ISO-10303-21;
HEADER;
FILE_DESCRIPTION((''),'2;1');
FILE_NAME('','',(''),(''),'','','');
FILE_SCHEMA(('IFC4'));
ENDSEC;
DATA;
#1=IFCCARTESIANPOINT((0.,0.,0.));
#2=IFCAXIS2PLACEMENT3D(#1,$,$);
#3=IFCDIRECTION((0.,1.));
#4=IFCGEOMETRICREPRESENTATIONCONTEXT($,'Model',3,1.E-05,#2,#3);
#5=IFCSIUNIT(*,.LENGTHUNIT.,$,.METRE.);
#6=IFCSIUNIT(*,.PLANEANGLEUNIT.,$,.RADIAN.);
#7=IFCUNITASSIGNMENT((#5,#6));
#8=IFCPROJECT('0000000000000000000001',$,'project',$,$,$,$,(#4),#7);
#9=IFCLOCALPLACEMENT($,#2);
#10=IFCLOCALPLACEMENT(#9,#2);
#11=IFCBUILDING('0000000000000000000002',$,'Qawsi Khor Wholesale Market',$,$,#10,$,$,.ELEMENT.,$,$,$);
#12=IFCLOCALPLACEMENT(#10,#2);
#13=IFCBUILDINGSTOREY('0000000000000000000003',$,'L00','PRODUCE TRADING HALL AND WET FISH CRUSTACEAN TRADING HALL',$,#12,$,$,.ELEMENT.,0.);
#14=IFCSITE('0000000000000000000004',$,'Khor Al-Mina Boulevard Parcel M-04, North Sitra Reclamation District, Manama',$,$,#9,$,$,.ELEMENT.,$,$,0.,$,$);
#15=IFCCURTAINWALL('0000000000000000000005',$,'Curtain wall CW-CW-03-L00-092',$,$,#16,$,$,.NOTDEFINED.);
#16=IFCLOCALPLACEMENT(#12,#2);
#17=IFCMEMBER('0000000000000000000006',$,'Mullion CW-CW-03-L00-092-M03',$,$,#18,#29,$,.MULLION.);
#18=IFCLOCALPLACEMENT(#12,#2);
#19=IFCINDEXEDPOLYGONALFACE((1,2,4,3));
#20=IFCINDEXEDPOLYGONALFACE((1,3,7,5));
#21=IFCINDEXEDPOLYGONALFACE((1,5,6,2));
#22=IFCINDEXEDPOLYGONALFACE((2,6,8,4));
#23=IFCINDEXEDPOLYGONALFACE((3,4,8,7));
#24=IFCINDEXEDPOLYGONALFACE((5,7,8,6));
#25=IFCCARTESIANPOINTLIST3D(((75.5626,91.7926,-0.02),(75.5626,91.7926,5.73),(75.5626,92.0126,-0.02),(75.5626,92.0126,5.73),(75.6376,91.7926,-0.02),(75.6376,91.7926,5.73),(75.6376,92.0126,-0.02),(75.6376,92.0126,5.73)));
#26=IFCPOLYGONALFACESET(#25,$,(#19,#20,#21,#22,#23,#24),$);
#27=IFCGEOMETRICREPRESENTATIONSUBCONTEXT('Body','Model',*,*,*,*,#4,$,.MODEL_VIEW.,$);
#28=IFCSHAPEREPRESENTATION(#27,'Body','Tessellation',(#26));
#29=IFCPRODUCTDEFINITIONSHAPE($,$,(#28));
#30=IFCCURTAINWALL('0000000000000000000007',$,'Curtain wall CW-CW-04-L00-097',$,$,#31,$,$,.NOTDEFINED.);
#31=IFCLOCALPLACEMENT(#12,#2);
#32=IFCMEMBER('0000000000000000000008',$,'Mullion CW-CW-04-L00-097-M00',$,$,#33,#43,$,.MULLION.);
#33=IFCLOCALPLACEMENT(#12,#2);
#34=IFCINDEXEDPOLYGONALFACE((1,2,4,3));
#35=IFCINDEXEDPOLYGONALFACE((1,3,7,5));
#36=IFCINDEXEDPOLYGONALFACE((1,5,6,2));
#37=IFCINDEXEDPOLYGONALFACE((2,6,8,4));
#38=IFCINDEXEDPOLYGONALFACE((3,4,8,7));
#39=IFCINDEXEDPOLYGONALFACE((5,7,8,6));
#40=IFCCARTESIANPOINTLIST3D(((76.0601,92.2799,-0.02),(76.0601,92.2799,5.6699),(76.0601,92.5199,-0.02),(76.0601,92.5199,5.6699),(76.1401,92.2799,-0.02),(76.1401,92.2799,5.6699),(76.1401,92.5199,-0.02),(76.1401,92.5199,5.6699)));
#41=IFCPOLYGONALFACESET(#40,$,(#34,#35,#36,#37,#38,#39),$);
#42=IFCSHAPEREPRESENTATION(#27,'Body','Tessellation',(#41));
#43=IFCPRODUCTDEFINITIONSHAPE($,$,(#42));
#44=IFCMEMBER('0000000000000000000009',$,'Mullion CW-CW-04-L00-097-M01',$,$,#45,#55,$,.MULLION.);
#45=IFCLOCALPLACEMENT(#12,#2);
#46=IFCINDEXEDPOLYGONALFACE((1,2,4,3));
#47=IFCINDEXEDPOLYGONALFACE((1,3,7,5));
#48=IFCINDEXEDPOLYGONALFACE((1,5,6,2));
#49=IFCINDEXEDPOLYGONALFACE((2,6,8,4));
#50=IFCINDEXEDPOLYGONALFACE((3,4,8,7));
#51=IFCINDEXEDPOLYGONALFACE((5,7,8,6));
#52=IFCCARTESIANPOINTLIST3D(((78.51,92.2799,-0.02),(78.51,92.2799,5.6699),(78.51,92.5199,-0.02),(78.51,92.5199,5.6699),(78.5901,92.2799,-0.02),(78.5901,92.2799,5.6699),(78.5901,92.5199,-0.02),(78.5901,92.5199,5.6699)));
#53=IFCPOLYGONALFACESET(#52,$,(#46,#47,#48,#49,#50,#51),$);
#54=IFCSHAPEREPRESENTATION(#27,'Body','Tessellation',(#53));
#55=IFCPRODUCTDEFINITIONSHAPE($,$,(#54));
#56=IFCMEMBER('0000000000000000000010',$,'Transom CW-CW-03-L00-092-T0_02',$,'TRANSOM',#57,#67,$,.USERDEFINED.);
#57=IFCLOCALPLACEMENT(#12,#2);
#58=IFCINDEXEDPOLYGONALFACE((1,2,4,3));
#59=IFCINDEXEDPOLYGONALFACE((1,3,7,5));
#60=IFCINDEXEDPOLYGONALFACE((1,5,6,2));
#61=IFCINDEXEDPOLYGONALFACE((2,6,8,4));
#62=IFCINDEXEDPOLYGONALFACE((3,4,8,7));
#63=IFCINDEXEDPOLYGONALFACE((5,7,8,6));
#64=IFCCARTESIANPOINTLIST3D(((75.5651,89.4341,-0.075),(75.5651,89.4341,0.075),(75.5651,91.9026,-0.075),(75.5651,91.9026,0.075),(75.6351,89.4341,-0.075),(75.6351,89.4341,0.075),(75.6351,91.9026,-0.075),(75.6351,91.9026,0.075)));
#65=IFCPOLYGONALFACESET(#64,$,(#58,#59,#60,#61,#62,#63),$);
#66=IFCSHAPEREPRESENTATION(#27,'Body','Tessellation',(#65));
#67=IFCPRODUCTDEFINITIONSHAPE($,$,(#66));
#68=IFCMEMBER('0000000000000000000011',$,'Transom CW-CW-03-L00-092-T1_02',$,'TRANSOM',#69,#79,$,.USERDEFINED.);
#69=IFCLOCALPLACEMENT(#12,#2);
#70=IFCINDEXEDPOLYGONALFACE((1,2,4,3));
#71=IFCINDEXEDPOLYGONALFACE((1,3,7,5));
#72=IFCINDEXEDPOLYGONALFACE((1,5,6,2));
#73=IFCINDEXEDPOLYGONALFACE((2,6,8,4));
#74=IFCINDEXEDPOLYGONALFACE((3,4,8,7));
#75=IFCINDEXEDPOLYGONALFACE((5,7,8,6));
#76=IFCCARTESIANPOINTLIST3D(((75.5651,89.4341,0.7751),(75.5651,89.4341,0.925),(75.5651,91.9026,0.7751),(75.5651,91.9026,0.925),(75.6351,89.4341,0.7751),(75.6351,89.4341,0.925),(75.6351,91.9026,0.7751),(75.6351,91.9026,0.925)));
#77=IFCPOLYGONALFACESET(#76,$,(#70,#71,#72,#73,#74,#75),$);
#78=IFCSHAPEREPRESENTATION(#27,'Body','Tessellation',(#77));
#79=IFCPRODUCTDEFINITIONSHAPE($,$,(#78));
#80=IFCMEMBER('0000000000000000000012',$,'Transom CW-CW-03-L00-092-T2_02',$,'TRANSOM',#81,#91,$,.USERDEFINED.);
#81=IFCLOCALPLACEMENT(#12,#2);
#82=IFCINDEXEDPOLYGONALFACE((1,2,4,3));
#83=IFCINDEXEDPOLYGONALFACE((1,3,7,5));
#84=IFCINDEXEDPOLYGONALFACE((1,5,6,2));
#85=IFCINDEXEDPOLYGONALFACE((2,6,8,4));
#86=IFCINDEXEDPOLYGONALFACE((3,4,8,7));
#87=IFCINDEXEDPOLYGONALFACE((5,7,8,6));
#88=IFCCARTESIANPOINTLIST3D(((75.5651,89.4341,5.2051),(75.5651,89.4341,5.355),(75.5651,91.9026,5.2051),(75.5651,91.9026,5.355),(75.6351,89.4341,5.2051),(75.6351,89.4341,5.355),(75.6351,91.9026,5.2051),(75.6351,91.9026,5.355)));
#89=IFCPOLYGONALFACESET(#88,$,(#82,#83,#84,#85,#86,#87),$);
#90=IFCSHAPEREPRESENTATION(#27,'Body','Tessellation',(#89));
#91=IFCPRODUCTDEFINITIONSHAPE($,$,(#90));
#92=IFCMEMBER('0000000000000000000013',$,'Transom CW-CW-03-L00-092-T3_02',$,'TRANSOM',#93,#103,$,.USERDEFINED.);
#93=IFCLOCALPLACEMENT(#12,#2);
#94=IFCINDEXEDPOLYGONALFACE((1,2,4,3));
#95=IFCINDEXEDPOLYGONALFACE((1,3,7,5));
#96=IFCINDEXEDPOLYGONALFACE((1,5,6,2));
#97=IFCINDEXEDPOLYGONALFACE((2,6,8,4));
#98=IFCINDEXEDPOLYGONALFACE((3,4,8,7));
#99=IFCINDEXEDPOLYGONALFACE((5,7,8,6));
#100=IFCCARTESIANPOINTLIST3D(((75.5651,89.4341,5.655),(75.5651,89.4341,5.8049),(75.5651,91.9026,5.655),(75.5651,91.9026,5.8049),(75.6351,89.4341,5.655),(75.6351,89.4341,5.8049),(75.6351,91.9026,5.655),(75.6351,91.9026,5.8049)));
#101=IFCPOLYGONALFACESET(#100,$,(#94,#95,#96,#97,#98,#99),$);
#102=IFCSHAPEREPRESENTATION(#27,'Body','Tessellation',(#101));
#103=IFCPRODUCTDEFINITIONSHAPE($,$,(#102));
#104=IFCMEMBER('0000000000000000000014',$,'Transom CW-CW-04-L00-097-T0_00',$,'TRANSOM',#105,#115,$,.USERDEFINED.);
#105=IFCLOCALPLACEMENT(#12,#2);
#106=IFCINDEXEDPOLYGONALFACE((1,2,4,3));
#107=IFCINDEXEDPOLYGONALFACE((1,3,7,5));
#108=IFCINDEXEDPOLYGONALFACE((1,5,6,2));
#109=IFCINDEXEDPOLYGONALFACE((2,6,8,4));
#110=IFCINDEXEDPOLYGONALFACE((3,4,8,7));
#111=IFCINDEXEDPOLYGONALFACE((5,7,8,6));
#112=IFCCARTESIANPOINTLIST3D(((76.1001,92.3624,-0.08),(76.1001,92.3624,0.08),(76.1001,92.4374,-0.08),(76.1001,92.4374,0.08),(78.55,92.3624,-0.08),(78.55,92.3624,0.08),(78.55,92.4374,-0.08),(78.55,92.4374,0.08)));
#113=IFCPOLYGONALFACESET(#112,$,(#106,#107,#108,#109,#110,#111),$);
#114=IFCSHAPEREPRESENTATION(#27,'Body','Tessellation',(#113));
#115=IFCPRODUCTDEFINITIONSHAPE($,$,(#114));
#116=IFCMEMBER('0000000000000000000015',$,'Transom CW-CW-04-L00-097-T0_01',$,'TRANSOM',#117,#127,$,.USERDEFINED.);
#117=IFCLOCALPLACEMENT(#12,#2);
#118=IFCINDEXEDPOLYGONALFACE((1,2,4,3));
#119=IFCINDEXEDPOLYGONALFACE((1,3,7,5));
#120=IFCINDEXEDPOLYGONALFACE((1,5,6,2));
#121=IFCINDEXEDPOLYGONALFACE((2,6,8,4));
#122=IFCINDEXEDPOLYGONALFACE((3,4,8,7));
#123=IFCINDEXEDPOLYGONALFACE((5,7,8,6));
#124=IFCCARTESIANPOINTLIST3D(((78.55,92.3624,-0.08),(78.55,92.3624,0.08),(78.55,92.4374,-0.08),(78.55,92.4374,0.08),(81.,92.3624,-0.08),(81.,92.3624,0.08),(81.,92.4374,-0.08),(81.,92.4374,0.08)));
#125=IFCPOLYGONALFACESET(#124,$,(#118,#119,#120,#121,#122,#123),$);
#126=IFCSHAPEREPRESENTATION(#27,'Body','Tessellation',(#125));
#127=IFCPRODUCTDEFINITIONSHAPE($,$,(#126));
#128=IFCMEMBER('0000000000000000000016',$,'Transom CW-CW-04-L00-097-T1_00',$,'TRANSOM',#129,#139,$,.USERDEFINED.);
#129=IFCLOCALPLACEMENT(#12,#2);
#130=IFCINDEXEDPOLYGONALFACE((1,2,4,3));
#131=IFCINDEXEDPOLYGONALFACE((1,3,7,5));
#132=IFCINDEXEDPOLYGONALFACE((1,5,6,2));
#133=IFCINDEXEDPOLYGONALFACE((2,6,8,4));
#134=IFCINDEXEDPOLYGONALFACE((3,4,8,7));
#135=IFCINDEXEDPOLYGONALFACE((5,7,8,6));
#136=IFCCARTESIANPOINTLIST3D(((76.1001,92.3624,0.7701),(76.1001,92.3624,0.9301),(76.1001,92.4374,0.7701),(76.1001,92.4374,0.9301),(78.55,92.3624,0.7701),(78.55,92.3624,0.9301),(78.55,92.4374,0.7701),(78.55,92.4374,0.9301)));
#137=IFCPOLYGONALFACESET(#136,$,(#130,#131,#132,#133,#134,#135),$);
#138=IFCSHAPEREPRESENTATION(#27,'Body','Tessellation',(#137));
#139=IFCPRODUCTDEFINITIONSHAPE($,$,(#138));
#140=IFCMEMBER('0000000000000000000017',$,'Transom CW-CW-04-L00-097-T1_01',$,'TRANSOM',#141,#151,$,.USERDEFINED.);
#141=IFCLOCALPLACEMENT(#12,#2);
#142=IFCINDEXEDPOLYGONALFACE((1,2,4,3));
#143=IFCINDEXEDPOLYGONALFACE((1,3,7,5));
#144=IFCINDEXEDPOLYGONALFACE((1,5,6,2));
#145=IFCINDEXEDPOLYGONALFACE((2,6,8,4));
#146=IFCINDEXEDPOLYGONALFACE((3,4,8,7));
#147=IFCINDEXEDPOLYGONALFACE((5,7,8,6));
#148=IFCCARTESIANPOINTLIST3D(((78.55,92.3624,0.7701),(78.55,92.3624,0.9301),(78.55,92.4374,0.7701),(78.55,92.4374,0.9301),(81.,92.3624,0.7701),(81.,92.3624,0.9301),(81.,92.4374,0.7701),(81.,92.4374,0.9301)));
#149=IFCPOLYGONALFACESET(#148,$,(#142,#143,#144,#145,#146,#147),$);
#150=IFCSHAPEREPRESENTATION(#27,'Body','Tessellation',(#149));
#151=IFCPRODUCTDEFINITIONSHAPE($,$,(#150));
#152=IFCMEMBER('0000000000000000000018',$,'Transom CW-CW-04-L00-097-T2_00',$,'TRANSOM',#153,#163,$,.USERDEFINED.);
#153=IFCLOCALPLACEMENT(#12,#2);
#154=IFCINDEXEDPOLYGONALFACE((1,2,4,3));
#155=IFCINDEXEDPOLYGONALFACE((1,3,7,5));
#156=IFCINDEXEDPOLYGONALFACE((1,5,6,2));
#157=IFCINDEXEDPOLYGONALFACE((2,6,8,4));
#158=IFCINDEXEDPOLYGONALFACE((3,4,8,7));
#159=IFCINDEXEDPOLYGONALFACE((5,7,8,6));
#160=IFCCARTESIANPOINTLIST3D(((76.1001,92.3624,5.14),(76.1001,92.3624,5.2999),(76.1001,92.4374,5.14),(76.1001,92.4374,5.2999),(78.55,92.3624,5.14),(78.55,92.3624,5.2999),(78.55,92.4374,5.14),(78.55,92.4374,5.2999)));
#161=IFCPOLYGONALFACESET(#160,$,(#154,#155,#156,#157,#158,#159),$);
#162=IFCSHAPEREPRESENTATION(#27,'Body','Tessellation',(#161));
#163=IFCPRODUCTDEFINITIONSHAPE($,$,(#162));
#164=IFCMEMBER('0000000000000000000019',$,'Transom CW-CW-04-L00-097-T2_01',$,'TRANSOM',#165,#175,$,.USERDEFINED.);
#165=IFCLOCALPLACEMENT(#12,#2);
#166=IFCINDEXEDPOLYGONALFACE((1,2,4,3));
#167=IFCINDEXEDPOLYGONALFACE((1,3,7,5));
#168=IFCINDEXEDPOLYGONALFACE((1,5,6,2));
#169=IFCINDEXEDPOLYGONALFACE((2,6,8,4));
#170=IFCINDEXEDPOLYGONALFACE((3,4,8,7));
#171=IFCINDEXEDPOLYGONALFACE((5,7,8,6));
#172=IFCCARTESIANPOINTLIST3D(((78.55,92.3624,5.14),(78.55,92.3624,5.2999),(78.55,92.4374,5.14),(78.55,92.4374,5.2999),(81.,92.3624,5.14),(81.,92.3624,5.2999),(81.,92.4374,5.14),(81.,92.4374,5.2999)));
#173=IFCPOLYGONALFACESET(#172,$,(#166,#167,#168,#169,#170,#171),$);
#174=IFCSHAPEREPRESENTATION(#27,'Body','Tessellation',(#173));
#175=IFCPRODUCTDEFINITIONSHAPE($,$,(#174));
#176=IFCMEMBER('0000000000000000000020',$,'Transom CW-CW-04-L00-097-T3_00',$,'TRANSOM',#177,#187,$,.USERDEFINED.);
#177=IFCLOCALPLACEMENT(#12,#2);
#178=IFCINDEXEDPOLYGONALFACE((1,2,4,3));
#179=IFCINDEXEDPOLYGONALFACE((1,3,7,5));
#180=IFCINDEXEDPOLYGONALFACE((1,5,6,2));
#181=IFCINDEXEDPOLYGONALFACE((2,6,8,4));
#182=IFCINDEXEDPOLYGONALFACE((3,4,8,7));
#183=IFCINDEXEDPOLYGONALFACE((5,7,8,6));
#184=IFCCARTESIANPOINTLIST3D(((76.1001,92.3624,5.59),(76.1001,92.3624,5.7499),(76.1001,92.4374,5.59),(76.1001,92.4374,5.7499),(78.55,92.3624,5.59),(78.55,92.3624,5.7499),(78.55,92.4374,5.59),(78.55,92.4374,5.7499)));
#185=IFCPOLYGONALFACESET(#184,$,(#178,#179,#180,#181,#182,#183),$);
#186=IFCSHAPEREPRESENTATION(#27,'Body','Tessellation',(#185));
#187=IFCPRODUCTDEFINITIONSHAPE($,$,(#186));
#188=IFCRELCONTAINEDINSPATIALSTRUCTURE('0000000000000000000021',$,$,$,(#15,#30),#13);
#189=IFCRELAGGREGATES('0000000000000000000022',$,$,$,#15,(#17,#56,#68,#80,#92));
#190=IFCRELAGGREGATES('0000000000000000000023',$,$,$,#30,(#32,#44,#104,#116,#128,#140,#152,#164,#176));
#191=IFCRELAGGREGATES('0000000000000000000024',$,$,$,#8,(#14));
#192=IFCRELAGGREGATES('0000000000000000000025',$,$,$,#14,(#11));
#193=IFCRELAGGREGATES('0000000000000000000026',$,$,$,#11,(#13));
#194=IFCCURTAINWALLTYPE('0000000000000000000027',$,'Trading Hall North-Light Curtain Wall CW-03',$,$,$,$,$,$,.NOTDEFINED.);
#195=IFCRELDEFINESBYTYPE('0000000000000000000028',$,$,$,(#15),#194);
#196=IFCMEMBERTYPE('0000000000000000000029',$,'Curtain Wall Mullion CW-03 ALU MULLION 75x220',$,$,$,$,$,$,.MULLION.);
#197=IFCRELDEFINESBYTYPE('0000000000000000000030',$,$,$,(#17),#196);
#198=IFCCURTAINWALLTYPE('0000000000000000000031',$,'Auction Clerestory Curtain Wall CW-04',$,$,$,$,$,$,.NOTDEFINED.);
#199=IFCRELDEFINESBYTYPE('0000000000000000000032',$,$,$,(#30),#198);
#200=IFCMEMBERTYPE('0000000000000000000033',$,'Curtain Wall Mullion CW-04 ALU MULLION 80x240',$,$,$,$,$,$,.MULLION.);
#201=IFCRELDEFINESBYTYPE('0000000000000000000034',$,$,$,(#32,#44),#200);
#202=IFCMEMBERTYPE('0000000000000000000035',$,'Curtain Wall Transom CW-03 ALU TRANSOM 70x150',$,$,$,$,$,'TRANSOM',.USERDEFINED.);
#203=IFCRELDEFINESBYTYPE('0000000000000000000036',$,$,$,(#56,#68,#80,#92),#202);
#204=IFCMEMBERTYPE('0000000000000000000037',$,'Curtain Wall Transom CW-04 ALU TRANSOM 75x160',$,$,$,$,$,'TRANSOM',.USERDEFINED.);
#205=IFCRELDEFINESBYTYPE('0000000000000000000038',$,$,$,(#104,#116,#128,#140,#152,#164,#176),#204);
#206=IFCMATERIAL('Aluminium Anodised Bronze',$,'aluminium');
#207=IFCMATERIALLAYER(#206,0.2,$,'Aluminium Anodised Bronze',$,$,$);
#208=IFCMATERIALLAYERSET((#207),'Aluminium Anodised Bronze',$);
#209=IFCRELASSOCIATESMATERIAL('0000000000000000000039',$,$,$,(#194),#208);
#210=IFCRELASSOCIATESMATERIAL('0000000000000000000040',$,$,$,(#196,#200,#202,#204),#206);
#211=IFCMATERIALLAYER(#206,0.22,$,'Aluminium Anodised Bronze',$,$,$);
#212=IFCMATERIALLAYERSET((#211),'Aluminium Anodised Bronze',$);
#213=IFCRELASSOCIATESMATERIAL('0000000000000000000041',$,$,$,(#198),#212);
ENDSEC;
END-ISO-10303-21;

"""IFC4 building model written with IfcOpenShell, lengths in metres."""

from ifc_helpers import new_model, si_unit, direction, frame, origin, origin_2d, place, context, subcontext, project, spatial, rectangle, extrude, material, layer, layer_set, material_profile, profile_set, type_object, element, aggregate, save


model = new_model("IFC4")

# Units and contexts
model_context = context("Model", 3, precision=1e-05, world=origin(), true_north=direction((0.0, 1.0)))
body_context = subcontext(model_context, "Body", "Model", "MODEL_VIEW")
ifc_project = project(units=[si_unit("LENGTHUNIT", "METRE"), si_unit("PLANEANGLEUNIT", "RADIAN")], contexts=[model_context])

# Site, building, storey
site_placement = place(None, origin())
site = spatial("IfcSite", under=ifc_project, at=site_placement, Name="Khor Al-Mina Boulevard Parcel M-04, North Sitra Reclamation District, Manama", CompositionType="ELEMENT", RefElevation=0.0)
building_placement = place(site_placement, origin())
building = spatial("IfcBuilding", under=site, at=building_placement, Name="Qawsi Khor Wholesale Market", CompositionType="ELEMENT")
storey_placement = place(building_placement, origin())
storey = spatial("IfcBuildingStorey", under=building, at=storey_placement, Name="L00", Description="PRODUCE TRADING HALL AND WET FISH CRUSTACEAN TRADING HALL", CompositionType="ELEMENT", Elevation=0.0)

# Curtain walls, members
ifc_material_1 = material(Name="Aluminium Anodised Bronze", Category="aluminium")
ifc_layer_1 = layer(ifc_material_1, 0.2, Name="Aluminium Anodised Bronze")
ifc_layer_set_1 = layer_set([ifc_layer_1], Name="Aluminium Anodised Bronze")
curtain_wall_type_1 = type_object("IfcCurtainWallType", Name="Trading Hall North-Light Curtain Wall CW-03", PredefinedType="NOTDEFINED", material=ifc_layer_set_1)
curtain_wall_1_placement = place(storey_placement, origin())
curtain_wall_1 = element("IfcCurtainWall", 1, at=curtain_wall_1_placement, inside=storey, type_object=curtain_wall_type_1, Name="Curtain wall CW-CW-03-L00-092", PredefinedType="NOTDEFINED")
ifc_material_profile_1 = material_profile(ifc_material_1, rectangle(XDim=0.075, YDim=0.22, at=origin_2d()), Name="ALU MULLION 75x220")
ifc_profile_set_1 = profile_set([ifc_material_profile_1], Name="Aluminium Anodised Bronze")
member_type_1 = type_object("IfcMemberType", Name="Curtain Wall Mullion CW-03 ALU MULLION 75x220", PredefinedType="MULLION", material=ifc_profile_set_1)
member_1_placement = place(storey_placement, frame((75.6001, 91.9026, -0.02), z_axis=(0.0, 0.0, 1.0), x_axis=(1.0, 0.0, 0.0)))
member_1 = element("IfcMember", 2, at=member_1_placement, type_object=member_type_1, Name="Mullion CW-CW-03-L00-092-M03", PredefinedType="MULLION", context=body_context, shape_type="SweptSolid", body=[
    extrude(rectangle(XDim=0.075, YDim=0.22, at=origin_2d()), origin(), (0.0, 0.0, 1.0), 5.75),
])
ifc_layer_2 = layer(ifc_material_1, 0.22, Name="Aluminium Anodised Bronze")
ifc_layer_set_2 = layer_set([ifc_layer_2], Name="Aluminium Anodised Bronze")
curtain_wall_type_2 = type_object("IfcCurtainWallType", Name="Auction Clerestory Curtain Wall CW-04", PredefinedType="NOTDEFINED", material=ifc_layer_set_2)
curtain_wall_2_placement = place(storey_placement, origin())
curtain_wall_2 = element("IfcCurtainWall", 3, at=curtain_wall_2_placement, inside=storey, type_object=curtain_wall_type_2, Name="Curtain wall CW-CW-04-L00-097", PredefinedType="NOTDEFINED")
ifc_material_profile_2 = material_profile(ifc_material_1, rectangle(XDim=0.0801, YDim=0.24, at=origin_2d()), Name="ALU MULLION 80x240")
ifc_profile_set_2 = profile_set([ifc_material_profile_2], Name="Aluminium Anodised Bronze")
member_type_2 = type_object("IfcMemberType", Name="Curtain Wall Mullion CW-04 ALU MULLION 80x240", PredefinedType="MULLION", material=ifc_profile_set_2)
member_2_placement = place(storey_placement, frame((76.1001, 92.3999, -0.02), z_axis=(0.0, 0.0, 1.0), x_axis=(1.0, 0.0, 0.0)))
member_2 = element("IfcMember", 4, at=member_2_placement, type_object=member_type_2, Name="Mullion CW-CW-04-L00-097-M00", PredefinedType="MULLION", context=body_context, shape_type="SweptSolid", body=[
    extrude(rectangle(XDim=0.0801, YDim=0.24, at=origin_2d()), origin(), (0.0, 0.0, 1.0), 5.6899),
])
member_3_placement = place(storey_placement, frame((78.55, 92.3999, -0.02), z_axis=(0.0, 0.0, 1.0), x_axis=(1.0, 0.0, 0.0)))
member_3 = element("IfcMember", 5, at=member_3_placement, type_object=member_type_2, Name="Mullion CW-CW-04-L00-097-M01", PredefinedType="MULLION", context=body_context, shape_type="SweptSolid", body=[
    extrude(rectangle(XDim=0.0801, YDim=0.24, at=origin_2d()), origin(), (0.0, 0.0, 1.0), 5.6899),
])

# Members
ifc_material_profile_3 = material_profile(ifc_material_1, rectangle(XDim=0.0701, YDim=0.1499, at=origin_2d()), Name="ALU TRANSOM 70x150")
ifc_profile_set_3 = profile_set([ifc_material_profile_3], Name="Aluminium Anodised Bronze")
member_type_3 = type_object("IfcMemberType", Name="Curtain Wall Transom CW-03 ALU TRANSOM 70x150", ElementType="TRANSOM", PredefinedType="USERDEFINED", material=ifc_profile_set_3)
member_4_placement = place(storey_placement, frame((75.6001, 89.4341, 0.0), z_axis=(0.0, 1.0, 0.0), x_axis=(-1.0, 0.0, 0.0)))
member_4 = element("IfcMember", 6, at=member_4_placement, type_object=member_type_3, Name="Transom CW-CW-03-L00-092-T0_02", ObjectType="TRANSOM", PredefinedType="USERDEFINED", context=body_context, shape_type="SweptSolid", body=[
    extrude(rectangle(XDim=0.0701, YDim=0.1499, at=origin_2d()), origin(), (0.0, 0.0, 1.0), 2.4685),
])
member_5_placement = place(storey_placement, frame((75.6001, 89.4341, 0.8501), z_axis=(0.0, 1.0, 0.0), x_axis=(-1.0, 0.0, 0.0)))
member_5 = element("IfcMember", 7, at=member_5_placement, type_object=member_type_3, Name="Transom CW-CW-03-L00-092-T1_02", ObjectType="TRANSOM", PredefinedType="USERDEFINED", context=body_context, shape_type="SweptSolid", body=[
    extrude(rectangle(XDim=0.0701, YDim=0.1499, at=origin_2d()), origin(), (0.0, 0.0, 1.0), 2.4685),
])
member_6_placement = place(storey_placement, frame((75.6001, 89.4341, 5.28), z_axis=(0.0, 1.0, 0.0), x_axis=(-1.0, 0.0, 0.0)))
member_6 = element("IfcMember", 8, at=member_6_placement, type_object=member_type_3, Name="Transom CW-CW-03-L00-092-T2_02", ObjectType="TRANSOM", PredefinedType="USERDEFINED", context=body_context, shape_type="SweptSolid", body=[
    extrude(rectangle(XDim=0.0701, YDim=0.1499, at=origin_2d()), origin(), (0.0, 0.0, 1.0), 2.4685),
])
member_7_placement = place(storey_placement, frame((75.6001, 89.4341, 5.73), z_axis=(0.0, 1.0, 0.0), x_axis=(-1.0, 0.0, 0.0)))
member_7 = element("IfcMember", 9, at=member_7_placement, type_object=member_type_3, Name="Transom CW-CW-03-L00-092-T3_02", ObjectType="TRANSOM", PredefinedType="USERDEFINED", context=body_context, shape_type="SweptSolid", body=[
    extrude(rectangle(XDim=0.0701, YDim=0.1499, at=origin_2d()), origin(), (0.0, 0.0, 1.0), 2.4685),
])
ifc_material_profile_4 = material_profile(ifc_material_1, rectangle(XDim=0.075, YDim=0.1599, at=origin_2d()), Name="ALU TRANSOM 75x160")
ifc_profile_set_4 = profile_set([ifc_material_profile_4], Name="Aluminium Anodised Bronze")
member_type_4 = type_object("IfcMemberType", Name="Curtain Wall Transom CW-04 ALU TRANSOM 75x160", ElementType="TRANSOM", PredefinedType="USERDEFINED", material=ifc_profile_set_4)
member_8_placement = place(storey_placement, frame((76.1001, 92.3999, 0.0), z_axis=(1.0, 0.0, 0.0), x_axis=(0.0, 1.0, 0.0)))
member_8 = element("IfcMember", 10, at=member_8_placement, type_object=member_type_4, Name="Transom CW-CW-04-L00-097-T0_00", ObjectType="TRANSOM", PredefinedType="USERDEFINED", context=body_context, shape_type="SweptSolid", body=[
    extrude(rectangle(XDim=0.075, YDim=0.1599, at=origin_2d()), origin(), (0.0, 0.0, 1.0), 2.45),
])
member_9_placement = place(storey_placement, frame((78.55, 92.3999, 0.0), z_axis=(1.0, 0.0, 0.0), x_axis=(0.0, 1.0, 0.0)))
member_9 = element("IfcMember", 11, at=member_9_placement, type_object=member_type_4, Name="Transom CW-CW-04-L00-097-T0_01", ObjectType="TRANSOM", PredefinedType="USERDEFINED", context=body_context, shape_type="SweptSolid", body=[
    extrude(rectangle(XDim=0.075, YDim=0.1599, at=origin_2d()), origin(), (0.0, 0.0, 1.0), 2.45),
])
member_10_placement = place(storey_placement, frame((76.1001, 92.3999, 0.8501), z_axis=(1.0, 0.0, 0.0), x_axis=(0.0, 1.0, 0.0)))
member_10 = element("IfcMember", 12, at=member_10_placement, type_object=member_type_4, Name="Transom CW-CW-04-L00-097-T1_00", ObjectType="TRANSOM", PredefinedType="USERDEFINED", context=body_context, shape_type="SweptSolid", body=[
    extrude(rectangle(XDim=0.075, YDim=0.1599, at=origin_2d()), origin(), (0.0, 0.0, 1.0), 2.45),
])
member_11_placement = place(storey_placement, frame((78.55, 92.3999, 0.8501), z_axis=(1.0, 0.0, 0.0), x_axis=(0.0, 1.0, 0.0)))
member_11 = element("IfcMember", 13, at=member_11_placement, type_object=member_type_4, Name="Transom CW-CW-04-L00-097-T1_01", ObjectType="TRANSOM", PredefinedType="USERDEFINED", context=body_context, shape_type="SweptSolid", body=[
    extrude(rectangle(XDim=0.075, YDim=0.1599, at=origin_2d()), origin(), (0.0, 0.0, 1.0), 2.45),
])
member_12_placement = place(storey_placement, frame((76.1001, 92.3999, 5.22), z_axis=(1.0, 0.0, 0.0), x_axis=(0.0, 1.0, 0.0)))
member_12 = element("IfcMember", 14, at=member_12_placement, type_object=member_type_4, Name="Transom CW-CW-04-L00-097-T2_00", ObjectType="TRANSOM", PredefinedType="USERDEFINED", context=body_context, shape_type="SweptSolid", body=[
    extrude(rectangle(XDim=0.075, YDim=0.1599, at=origin_2d()), origin(), (0.0, 0.0, 1.0), 2.45),
])
member_13_placement = place(storey_placement, frame((78.55, 92.3999, 5.22), z_axis=(1.0, 0.0, 0.0), x_axis=(0.0, 1.0, 0.0)))
member_13 = element("IfcMember", 15, at=member_13_placement, type_object=member_type_4, Name="Transom CW-CW-04-L00-097-T2_01", ObjectType="TRANSOM", PredefinedType="USERDEFINED", context=body_context, shape_type="SweptSolid", body=[
    extrude(rectangle(XDim=0.075, YDim=0.1599, at=origin_2d()), origin(), (0.0, 0.0, 1.0), 2.45),
])
member_14_placement = place(storey_placement, frame((76.1001, 92.3999, 5.6699), z_axis=(1.0, 0.0, 0.0), x_axis=(0.0, 1.0, 0.0)))
member_14 = element("IfcMember", 16, at=member_14_placement, type_object=member_type_4, Name="Transom CW-CW-04-L00-097-T3_00", ObjectType="TRANSOM", PredefinedType="USERDEFINED", context=body_context, shape_type="SweptSolid", body=[
    extrude(rectangle(XDim=0.075, YDim=0.1599, at=origin_2d()), origin(), (0.0, 0.0, 1.0), 2.45),
])

aggregate(curtain_wall_1, [member_1, member_4, member_5, member_6, member_7])
aggregate(curtain_wall_2, [member_2, member_3, member_8, member_9, member_10, member_11, member_12, member_13, member_14])

save(model, "model.ifc")
